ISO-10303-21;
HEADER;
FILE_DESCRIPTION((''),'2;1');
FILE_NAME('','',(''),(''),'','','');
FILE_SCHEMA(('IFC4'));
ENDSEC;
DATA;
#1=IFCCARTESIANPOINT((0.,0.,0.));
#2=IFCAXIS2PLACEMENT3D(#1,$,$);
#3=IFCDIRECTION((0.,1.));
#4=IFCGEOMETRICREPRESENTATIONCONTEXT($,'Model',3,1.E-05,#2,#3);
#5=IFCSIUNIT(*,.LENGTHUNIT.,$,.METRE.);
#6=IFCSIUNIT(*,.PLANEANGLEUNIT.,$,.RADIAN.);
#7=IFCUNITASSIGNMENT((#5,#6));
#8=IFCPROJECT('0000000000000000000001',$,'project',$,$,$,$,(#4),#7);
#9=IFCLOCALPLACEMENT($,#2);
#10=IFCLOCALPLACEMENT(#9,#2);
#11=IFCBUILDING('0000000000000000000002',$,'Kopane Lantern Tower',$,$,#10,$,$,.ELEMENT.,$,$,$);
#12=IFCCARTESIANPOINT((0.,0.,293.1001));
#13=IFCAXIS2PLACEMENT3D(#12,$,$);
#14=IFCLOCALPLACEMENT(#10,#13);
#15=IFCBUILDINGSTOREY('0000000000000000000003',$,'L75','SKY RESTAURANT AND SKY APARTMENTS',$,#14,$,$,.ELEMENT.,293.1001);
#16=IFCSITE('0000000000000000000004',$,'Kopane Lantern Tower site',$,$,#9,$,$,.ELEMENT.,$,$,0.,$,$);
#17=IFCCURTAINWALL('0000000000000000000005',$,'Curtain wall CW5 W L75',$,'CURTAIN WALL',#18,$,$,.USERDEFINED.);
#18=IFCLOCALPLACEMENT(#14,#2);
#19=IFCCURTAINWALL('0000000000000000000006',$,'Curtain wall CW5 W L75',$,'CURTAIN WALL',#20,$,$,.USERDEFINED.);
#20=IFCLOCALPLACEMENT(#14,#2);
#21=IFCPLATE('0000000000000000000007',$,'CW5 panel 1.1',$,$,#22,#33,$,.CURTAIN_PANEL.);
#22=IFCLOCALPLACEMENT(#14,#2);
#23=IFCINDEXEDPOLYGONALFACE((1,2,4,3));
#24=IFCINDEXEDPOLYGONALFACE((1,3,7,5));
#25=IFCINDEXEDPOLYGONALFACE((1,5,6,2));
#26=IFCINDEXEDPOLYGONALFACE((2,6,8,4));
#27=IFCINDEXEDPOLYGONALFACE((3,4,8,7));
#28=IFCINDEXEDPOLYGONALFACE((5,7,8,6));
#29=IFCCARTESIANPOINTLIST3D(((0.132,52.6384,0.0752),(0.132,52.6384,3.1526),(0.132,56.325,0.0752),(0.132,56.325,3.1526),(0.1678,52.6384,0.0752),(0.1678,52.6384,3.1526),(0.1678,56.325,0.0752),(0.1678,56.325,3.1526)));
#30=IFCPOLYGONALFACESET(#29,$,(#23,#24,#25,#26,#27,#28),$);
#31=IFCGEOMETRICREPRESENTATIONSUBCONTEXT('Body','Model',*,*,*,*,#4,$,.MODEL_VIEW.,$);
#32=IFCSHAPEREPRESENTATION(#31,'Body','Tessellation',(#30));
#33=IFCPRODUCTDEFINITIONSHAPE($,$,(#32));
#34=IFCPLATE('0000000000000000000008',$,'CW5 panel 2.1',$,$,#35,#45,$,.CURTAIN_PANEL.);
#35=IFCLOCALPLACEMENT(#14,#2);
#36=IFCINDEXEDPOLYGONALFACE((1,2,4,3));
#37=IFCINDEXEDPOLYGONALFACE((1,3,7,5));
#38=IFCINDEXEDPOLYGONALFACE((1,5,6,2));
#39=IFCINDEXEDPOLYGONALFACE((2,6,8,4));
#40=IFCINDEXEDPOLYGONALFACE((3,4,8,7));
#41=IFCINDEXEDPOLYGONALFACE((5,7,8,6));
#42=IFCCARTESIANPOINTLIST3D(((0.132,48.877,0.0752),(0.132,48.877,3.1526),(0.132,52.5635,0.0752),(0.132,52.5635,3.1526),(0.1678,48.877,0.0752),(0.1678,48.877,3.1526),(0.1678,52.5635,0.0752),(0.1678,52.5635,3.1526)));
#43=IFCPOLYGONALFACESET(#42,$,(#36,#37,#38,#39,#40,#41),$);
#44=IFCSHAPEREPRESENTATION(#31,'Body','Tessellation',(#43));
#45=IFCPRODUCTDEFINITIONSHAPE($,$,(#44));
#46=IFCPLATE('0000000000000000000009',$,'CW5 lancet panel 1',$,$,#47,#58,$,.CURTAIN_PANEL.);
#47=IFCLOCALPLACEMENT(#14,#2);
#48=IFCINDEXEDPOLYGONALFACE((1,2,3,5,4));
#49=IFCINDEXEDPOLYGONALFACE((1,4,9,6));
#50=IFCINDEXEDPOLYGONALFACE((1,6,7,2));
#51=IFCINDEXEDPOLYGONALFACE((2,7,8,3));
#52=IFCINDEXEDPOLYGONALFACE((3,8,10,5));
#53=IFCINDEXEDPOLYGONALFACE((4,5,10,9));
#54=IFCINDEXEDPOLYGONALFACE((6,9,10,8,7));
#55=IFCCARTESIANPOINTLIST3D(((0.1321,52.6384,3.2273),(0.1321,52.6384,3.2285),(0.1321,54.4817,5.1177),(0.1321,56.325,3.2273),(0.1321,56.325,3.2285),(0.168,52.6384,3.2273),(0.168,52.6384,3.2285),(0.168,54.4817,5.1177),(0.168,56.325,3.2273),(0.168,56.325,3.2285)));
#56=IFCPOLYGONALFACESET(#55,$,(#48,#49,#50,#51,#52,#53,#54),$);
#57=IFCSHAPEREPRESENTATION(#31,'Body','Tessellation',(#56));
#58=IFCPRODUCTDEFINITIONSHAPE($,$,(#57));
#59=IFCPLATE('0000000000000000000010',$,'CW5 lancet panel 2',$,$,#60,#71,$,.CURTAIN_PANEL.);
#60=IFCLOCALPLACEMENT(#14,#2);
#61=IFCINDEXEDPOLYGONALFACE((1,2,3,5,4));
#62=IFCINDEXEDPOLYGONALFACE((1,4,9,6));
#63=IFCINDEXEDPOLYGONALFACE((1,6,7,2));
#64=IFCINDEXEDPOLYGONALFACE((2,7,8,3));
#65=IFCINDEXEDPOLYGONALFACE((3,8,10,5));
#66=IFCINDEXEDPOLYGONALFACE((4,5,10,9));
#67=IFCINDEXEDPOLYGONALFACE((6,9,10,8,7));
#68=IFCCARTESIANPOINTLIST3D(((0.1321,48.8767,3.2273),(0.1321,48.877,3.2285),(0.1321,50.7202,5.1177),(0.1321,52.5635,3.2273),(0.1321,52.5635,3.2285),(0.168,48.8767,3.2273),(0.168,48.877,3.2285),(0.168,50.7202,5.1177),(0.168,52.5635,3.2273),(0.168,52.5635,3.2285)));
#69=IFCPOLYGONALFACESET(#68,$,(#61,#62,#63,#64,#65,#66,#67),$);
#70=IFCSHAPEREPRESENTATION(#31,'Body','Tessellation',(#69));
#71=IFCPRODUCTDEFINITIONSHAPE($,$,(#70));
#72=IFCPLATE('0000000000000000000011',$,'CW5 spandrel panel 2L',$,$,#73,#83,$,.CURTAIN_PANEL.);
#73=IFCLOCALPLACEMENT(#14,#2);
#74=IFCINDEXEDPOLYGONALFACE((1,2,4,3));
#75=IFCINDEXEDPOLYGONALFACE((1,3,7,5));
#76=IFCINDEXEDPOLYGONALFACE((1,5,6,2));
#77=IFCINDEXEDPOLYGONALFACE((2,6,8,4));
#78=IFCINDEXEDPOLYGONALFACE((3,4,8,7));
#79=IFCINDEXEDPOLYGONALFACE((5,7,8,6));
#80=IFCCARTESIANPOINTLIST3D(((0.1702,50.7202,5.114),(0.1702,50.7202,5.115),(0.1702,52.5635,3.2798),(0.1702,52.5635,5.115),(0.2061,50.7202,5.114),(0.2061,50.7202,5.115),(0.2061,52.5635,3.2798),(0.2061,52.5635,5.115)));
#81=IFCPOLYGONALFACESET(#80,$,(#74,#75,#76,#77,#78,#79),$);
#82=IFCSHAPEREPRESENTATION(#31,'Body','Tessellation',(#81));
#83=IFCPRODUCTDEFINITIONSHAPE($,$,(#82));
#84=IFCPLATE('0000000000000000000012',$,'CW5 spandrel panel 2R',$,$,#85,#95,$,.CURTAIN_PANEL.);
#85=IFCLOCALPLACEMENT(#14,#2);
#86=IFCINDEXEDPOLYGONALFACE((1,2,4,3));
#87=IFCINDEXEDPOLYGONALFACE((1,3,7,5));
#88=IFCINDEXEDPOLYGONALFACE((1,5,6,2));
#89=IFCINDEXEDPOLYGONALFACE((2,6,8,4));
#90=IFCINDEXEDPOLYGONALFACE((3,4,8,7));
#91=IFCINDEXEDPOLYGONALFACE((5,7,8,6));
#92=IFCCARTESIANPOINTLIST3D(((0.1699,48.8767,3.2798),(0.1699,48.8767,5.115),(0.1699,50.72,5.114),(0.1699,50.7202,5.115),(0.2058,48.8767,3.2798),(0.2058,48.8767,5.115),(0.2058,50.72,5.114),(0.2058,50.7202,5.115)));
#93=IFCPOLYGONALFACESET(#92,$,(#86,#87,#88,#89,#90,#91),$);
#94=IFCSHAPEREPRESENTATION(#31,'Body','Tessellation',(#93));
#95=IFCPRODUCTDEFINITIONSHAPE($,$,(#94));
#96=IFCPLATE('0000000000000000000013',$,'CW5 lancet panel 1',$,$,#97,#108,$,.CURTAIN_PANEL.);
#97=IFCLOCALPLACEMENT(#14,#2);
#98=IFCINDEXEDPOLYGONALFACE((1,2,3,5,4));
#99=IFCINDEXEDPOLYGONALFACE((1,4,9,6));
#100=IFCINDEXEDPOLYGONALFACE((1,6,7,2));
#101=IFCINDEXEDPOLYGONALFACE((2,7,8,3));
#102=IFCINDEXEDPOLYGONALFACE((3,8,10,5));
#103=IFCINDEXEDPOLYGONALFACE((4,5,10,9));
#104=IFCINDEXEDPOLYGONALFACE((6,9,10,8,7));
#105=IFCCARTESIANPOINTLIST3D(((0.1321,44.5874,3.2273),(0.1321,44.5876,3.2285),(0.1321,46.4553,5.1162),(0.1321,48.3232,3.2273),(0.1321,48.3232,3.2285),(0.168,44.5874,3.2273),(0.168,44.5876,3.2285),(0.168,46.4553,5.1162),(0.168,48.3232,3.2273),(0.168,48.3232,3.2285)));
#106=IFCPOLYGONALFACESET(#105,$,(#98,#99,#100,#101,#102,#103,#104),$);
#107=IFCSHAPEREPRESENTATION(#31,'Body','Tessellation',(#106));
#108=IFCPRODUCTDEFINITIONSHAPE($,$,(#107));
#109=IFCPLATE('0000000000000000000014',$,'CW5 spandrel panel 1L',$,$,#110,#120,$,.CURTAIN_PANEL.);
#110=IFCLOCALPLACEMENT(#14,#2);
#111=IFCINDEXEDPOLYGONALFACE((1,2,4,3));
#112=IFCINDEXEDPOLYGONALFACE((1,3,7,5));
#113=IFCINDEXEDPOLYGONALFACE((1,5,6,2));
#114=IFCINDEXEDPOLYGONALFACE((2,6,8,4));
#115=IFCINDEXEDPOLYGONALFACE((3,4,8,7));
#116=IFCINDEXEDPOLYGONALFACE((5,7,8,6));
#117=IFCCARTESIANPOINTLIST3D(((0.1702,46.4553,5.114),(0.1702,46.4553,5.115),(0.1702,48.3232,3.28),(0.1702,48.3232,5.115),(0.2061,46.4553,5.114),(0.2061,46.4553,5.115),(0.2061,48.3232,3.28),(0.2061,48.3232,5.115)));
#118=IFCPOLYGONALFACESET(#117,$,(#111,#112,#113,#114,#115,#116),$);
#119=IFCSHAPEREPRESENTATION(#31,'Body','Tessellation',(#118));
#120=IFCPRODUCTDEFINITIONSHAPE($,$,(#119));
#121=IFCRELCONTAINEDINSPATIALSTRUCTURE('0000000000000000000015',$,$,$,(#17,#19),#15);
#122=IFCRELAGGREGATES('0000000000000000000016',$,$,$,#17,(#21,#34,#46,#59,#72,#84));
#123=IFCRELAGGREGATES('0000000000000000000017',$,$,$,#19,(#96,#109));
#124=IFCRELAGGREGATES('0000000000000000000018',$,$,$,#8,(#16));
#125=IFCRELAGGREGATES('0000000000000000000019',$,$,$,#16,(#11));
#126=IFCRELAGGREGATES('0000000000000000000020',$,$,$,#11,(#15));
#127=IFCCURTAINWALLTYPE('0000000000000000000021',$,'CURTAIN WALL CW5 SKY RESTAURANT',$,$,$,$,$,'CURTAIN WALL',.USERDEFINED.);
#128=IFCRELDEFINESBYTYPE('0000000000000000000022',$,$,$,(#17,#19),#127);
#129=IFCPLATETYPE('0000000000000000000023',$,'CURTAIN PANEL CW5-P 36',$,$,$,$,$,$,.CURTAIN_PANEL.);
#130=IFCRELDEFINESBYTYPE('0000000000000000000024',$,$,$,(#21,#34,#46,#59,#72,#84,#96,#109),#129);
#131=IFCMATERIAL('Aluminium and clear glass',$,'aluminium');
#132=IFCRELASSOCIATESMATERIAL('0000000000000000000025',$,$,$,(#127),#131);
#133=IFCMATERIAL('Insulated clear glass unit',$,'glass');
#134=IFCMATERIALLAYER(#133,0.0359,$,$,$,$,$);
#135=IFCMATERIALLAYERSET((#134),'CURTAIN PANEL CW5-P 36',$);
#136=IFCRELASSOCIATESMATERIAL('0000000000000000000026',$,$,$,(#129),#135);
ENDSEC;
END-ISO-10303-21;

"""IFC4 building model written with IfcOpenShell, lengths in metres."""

from ifc_helpers import new_model, si_unit, direction, frame, origin, origin_2d, place, context, subcontext, project, spatial, polyline, rectangle, outline, extrude, material, layer, layer_set, type_object, element, aggregate, save


model = new_model("IFC4")

# Units and contexts
model_context = context("Model", 3, precision=1e-05, world=origin(), true_north=direction((0.0, 1.0)))
body_context = subcontext(model_context, "Body", "Model", "MODEL_VIEW")
ifc_project = project(units=[si_unit("LENGTHUNIT", "METRE"), si_unit("PLANEANGLEUNIT", "RADIAN")], contexts=[model_context])

# Site, building, storey
site_placement = place(None, origin())
site = spatial("IfcSite", under=ifc_project, at=site_placement, Name="Kopane Lantern Tower site", CompositionType="ELEMENT", RefElevation=0.0)
building_placement = place(site_placement, origin())
building = spatial("IfcBuilding", under=site, at=building_placement, Name="Kopane Lantern Tower", CompositionType="ELEMENT")
storey_placement = place(building_placement, frame((0.0, 0.0, 293.1001)))
storey = spatial("IfcBuildingStorey", under=building, at=storey_placement, Name="L75", Description="SKY RESTAURANT AND SKY APARTMENTS", CompositionType="ELEMENT", Elevation=293.1001)

# Curtain wall
ifc_material_1 = material(Name="Aluminium and clear glass", Category="aluminium")
curtain_wall_type = type_object("IfcCurtainWallType", Name="CURTAIN WALL CW5 SKY RESTAURANT", ElementType="CURTAIN WALL", PredefinedType="USERDEFINED", material=ifc_material_1)
curtain_wall_1_placement = place(storey_placement, origin())
curtain_wall_1 = element("IfcCurtainWall", 1, at=curtain_wall_1_placement, inside=storey, type_object=curtain_wall_type, Name="Curtain wall CW5 W L75", ObjectType="CURTAIN WALL", PredefinedType="USERDEFINED")

# Curtain wall
curtain_wall_2_placement = place(storey_placement, origin())
curtain_wall_2 = element("IfcCurtainWall", 2, at=curtain_wall_2_placement, inside=storey, type_object=curtain_wall_type, Name="Curtain wall CW5 W L75", ObjectType="CURTAIN WALL", PredefinedType="USERDEFINED")

# Plates
ifc_material_2 = material(Name="Insulated clear glass unit", Category="glass")
ifc_layer = layer(ifc_material_2, 0.0359)
ifc_layer_set = layer_set([ifc_layer], Name="CURTAIN PANEL CW5-P 36")
plate_type = type_object("IfcPlateType", Name="CURTAIN PANEL CW5-P 36", PredefinedType="CURTAIN_PANEL", material=ifc_layer_set)
plate_1_placement = place(storey_placement, frame((0.1499, 54.4817, 0.0752), z_axis=(0.0, 0.0, 1.0), x_axis=(0.0, -1.0, 0.0)))
plate_1 = element("IfcPlate", 3, at=plate_1_placement, type_object=plate_type, Name="CW5 panel 1.1", PredefinedType="CURTAIN_PANEL", context=body_context, shape_type="SweptSolid", body=[
    extrude(rectangle(XDim=3.6865, YDim=0.0359, at=origin_2d()), origin(), (0.0, 0.0, 1.0), 3.0774),
])
plate_2_placement = place(storey_placement, frame((0.1499, 50.7202, 0.0752), z_axis=(0.0, 0.0, 1.0), x_axis=(0.0, -1.0, 0.0)))
plate_2 = element("IfcPlate", 4, at=plate_2_placement, type_object=plate_type, Name="CW5 panel 2.1", PredefinedType="CURTAIN_PANEL", context=body_context, shape_type="SweptSolid", body=[
    extrude(rectangle(XDim=3.6865, YDim=0.0359, at=origin_2d()), origin(), (0.0, 0.0, 1.0), 3.0774),
])
plate_3_placement = place(storey_placement, frame((0.1499, 56.325, 3.2273), z_axis=(0.0, 0.0, 1.0), x_axis=(0.0, -1.0, 0.0)))
plate_3 = element("IfcPlate", 5, at=plate_3_placement, type_object=plate_type, Name="CW5 lancet panel 1", PredefinedType="CURTAIN_PANEL", context=body_context, shape_type="SweptSolid", body=[
    extrude(outline(polyline([(0.0, 0.0), (3.6865, 0.0), (3.6865, 0.0012), (1.8433, 1.8904), (0.0, 0.0012), (0.0, 0.0)])), frame((0.0, 0.0181, 0.0), z_axis=(0.0, -1.0, 0.0), x_axis=(1.0, 0.0, 0.0)), (0.0, 0.0, 1.0), 0.0359),
])
plate_4_placement = place(storey_placement, frame((0.1499, 52.5635, 3.2273), z_axis=(0.0, 0.0, 1.0), x_axis=(0.0, -1.0, 0.0)))
plate_4 = element("IfcPlate", 6, at=plate_4_placement, type_object=plate_type, Name="CW5 lancet panel 2", PredefinedType="CURTAIN_PANEL", context=body_context, shape_type="SweptSolid", body=[
    extrude(outline(polyline([(0.0, 0.0), (3.6868, 0.0), (3.6865, 0.0012), (1.8433, 1.8904), (0.0, 0.0012), (0.0, 0.0)])), frame((0.0, 0.0181, 0.0), z_axis=(0.0, -1.0, 0.0), x_axis=(1.0, 0.0, 0.0)), (0.0, 0.0, 1.0), 0.0359),
])
plate_5_placement = place(storey_placement, frame((0.188, 52.5635, 5.115), z_axis=(0.0, 0.0, 1.0), x_axis=(0.0, -1.0, 0.0)))
plate_5 = element("IfcPlate", 7, at=plate_5_placement, type_object=plate_type, Name="CW5 spandrel panel 2L", PredefinedType="CURTAIN_PANEL", context=body_context, shape_type="SweptSolid", body=[
    extrude(outline(polyline([(0.0, 0.0), (1.8433, 0.0), (1.8433, -0.001), (0.0, -1.8352), (0.0, 0.0)])), frame((0.0, 0.0181, 0.0), z_axis=(0.0, -1.0, 0.0), x_axis=(1.0, 0.0, 0.0)), (0.0, 0.0, 1.0), 0.0359),
])
plate_6_placement = place(storey_placement, frame((0.188, 48.8767, 5.115), z_axis=(0.0, 0.0, 1.0), x_axis=(0.0, 1.0, 0.0)))
plate_6 = element("IfcPlate", 8, at=plate_6_placement, type_object=plate_type, Name="CW5 spandrel panel 2R", PredefinedType="CURTAIN_PANEL", context=body_context, shape_type="SweptSolid", body=[
    extrude(outline(polyline([(0.0, 0.0), (1.8435, 0.0), (1.8433, -0.001), (0.0, -1.8352), (0.0, 0.0)])), frame((0.0, 0.0181, 0.0), z_axis=(0.0, -1.0, 0.0), x_axis=(1.0, 0.0, 0.0)), (0.0, 0.0, 1.0), 0.0359),
])
aggregate(curtain_wall_1, [plate_1, plate_2, plate_3, plate_4, plate_5, plate_6])
plate_7_placement = place(storey_placement, frame((0.1499, 48.3232, 3.2273), z_axis=(0.0, 0.0, 1.0), x_axis=(0.0, -1.0, 0.0)))
plate_7 = element("IfcPlate", 9, at=plate_7_placement, type_object=plate_type, Name="CW5 lancet panel 1", PredefinedType="CURTAIN_PANEL", context=body_context, shape_type="SweptSolid", body=[
    extrude(outline(polyline([(0.0, 0.0), (3.7358, 0.0), (3.7356, 0.0012), (1.8679, 1.8889), (0.0, 0.0012), (0.0, 0.0)])), frame((0.0, 0.0181, 0.0), z_axis=(0.0, -1.0, 0.0), x_axis=(1.0, 0.0, 0.0)), (0.0, 0.0, 1.0), 0.0359),
])
plate_8_placement = place(storey_placement, frame((0.188, 48.3232, 5.115), z_axis=(0.0, 0.0, 1.0), x_axis=(0.0, -1.0, 0.0)))
plate_8 = element("IfcPlate", 10, at=plate_8_placement, type_object=plate_type, Name="CW5 spandrel panel 1L", PredefinedType="CURTAIN_PANEL", context=body_context, shape_type="SweptSolid", body=[
    extrude(outline(polyline([(0.0, 0.0), (1.8679, 0.0), (1.8679, -0.001), (0.0, -1.835), (0.0, 0.0)])), frame((0.0, 0.0181, 0.0), z_axis=(0.0, -1.0, 0.0), x_axis=(1.0, 0.0, 0.0)), (0.0, 0.0, 1.0), 0.0359),
])
aggregate(curtain_wall_2, [plate_7, plate_8])

save(model, "model.ifc")
